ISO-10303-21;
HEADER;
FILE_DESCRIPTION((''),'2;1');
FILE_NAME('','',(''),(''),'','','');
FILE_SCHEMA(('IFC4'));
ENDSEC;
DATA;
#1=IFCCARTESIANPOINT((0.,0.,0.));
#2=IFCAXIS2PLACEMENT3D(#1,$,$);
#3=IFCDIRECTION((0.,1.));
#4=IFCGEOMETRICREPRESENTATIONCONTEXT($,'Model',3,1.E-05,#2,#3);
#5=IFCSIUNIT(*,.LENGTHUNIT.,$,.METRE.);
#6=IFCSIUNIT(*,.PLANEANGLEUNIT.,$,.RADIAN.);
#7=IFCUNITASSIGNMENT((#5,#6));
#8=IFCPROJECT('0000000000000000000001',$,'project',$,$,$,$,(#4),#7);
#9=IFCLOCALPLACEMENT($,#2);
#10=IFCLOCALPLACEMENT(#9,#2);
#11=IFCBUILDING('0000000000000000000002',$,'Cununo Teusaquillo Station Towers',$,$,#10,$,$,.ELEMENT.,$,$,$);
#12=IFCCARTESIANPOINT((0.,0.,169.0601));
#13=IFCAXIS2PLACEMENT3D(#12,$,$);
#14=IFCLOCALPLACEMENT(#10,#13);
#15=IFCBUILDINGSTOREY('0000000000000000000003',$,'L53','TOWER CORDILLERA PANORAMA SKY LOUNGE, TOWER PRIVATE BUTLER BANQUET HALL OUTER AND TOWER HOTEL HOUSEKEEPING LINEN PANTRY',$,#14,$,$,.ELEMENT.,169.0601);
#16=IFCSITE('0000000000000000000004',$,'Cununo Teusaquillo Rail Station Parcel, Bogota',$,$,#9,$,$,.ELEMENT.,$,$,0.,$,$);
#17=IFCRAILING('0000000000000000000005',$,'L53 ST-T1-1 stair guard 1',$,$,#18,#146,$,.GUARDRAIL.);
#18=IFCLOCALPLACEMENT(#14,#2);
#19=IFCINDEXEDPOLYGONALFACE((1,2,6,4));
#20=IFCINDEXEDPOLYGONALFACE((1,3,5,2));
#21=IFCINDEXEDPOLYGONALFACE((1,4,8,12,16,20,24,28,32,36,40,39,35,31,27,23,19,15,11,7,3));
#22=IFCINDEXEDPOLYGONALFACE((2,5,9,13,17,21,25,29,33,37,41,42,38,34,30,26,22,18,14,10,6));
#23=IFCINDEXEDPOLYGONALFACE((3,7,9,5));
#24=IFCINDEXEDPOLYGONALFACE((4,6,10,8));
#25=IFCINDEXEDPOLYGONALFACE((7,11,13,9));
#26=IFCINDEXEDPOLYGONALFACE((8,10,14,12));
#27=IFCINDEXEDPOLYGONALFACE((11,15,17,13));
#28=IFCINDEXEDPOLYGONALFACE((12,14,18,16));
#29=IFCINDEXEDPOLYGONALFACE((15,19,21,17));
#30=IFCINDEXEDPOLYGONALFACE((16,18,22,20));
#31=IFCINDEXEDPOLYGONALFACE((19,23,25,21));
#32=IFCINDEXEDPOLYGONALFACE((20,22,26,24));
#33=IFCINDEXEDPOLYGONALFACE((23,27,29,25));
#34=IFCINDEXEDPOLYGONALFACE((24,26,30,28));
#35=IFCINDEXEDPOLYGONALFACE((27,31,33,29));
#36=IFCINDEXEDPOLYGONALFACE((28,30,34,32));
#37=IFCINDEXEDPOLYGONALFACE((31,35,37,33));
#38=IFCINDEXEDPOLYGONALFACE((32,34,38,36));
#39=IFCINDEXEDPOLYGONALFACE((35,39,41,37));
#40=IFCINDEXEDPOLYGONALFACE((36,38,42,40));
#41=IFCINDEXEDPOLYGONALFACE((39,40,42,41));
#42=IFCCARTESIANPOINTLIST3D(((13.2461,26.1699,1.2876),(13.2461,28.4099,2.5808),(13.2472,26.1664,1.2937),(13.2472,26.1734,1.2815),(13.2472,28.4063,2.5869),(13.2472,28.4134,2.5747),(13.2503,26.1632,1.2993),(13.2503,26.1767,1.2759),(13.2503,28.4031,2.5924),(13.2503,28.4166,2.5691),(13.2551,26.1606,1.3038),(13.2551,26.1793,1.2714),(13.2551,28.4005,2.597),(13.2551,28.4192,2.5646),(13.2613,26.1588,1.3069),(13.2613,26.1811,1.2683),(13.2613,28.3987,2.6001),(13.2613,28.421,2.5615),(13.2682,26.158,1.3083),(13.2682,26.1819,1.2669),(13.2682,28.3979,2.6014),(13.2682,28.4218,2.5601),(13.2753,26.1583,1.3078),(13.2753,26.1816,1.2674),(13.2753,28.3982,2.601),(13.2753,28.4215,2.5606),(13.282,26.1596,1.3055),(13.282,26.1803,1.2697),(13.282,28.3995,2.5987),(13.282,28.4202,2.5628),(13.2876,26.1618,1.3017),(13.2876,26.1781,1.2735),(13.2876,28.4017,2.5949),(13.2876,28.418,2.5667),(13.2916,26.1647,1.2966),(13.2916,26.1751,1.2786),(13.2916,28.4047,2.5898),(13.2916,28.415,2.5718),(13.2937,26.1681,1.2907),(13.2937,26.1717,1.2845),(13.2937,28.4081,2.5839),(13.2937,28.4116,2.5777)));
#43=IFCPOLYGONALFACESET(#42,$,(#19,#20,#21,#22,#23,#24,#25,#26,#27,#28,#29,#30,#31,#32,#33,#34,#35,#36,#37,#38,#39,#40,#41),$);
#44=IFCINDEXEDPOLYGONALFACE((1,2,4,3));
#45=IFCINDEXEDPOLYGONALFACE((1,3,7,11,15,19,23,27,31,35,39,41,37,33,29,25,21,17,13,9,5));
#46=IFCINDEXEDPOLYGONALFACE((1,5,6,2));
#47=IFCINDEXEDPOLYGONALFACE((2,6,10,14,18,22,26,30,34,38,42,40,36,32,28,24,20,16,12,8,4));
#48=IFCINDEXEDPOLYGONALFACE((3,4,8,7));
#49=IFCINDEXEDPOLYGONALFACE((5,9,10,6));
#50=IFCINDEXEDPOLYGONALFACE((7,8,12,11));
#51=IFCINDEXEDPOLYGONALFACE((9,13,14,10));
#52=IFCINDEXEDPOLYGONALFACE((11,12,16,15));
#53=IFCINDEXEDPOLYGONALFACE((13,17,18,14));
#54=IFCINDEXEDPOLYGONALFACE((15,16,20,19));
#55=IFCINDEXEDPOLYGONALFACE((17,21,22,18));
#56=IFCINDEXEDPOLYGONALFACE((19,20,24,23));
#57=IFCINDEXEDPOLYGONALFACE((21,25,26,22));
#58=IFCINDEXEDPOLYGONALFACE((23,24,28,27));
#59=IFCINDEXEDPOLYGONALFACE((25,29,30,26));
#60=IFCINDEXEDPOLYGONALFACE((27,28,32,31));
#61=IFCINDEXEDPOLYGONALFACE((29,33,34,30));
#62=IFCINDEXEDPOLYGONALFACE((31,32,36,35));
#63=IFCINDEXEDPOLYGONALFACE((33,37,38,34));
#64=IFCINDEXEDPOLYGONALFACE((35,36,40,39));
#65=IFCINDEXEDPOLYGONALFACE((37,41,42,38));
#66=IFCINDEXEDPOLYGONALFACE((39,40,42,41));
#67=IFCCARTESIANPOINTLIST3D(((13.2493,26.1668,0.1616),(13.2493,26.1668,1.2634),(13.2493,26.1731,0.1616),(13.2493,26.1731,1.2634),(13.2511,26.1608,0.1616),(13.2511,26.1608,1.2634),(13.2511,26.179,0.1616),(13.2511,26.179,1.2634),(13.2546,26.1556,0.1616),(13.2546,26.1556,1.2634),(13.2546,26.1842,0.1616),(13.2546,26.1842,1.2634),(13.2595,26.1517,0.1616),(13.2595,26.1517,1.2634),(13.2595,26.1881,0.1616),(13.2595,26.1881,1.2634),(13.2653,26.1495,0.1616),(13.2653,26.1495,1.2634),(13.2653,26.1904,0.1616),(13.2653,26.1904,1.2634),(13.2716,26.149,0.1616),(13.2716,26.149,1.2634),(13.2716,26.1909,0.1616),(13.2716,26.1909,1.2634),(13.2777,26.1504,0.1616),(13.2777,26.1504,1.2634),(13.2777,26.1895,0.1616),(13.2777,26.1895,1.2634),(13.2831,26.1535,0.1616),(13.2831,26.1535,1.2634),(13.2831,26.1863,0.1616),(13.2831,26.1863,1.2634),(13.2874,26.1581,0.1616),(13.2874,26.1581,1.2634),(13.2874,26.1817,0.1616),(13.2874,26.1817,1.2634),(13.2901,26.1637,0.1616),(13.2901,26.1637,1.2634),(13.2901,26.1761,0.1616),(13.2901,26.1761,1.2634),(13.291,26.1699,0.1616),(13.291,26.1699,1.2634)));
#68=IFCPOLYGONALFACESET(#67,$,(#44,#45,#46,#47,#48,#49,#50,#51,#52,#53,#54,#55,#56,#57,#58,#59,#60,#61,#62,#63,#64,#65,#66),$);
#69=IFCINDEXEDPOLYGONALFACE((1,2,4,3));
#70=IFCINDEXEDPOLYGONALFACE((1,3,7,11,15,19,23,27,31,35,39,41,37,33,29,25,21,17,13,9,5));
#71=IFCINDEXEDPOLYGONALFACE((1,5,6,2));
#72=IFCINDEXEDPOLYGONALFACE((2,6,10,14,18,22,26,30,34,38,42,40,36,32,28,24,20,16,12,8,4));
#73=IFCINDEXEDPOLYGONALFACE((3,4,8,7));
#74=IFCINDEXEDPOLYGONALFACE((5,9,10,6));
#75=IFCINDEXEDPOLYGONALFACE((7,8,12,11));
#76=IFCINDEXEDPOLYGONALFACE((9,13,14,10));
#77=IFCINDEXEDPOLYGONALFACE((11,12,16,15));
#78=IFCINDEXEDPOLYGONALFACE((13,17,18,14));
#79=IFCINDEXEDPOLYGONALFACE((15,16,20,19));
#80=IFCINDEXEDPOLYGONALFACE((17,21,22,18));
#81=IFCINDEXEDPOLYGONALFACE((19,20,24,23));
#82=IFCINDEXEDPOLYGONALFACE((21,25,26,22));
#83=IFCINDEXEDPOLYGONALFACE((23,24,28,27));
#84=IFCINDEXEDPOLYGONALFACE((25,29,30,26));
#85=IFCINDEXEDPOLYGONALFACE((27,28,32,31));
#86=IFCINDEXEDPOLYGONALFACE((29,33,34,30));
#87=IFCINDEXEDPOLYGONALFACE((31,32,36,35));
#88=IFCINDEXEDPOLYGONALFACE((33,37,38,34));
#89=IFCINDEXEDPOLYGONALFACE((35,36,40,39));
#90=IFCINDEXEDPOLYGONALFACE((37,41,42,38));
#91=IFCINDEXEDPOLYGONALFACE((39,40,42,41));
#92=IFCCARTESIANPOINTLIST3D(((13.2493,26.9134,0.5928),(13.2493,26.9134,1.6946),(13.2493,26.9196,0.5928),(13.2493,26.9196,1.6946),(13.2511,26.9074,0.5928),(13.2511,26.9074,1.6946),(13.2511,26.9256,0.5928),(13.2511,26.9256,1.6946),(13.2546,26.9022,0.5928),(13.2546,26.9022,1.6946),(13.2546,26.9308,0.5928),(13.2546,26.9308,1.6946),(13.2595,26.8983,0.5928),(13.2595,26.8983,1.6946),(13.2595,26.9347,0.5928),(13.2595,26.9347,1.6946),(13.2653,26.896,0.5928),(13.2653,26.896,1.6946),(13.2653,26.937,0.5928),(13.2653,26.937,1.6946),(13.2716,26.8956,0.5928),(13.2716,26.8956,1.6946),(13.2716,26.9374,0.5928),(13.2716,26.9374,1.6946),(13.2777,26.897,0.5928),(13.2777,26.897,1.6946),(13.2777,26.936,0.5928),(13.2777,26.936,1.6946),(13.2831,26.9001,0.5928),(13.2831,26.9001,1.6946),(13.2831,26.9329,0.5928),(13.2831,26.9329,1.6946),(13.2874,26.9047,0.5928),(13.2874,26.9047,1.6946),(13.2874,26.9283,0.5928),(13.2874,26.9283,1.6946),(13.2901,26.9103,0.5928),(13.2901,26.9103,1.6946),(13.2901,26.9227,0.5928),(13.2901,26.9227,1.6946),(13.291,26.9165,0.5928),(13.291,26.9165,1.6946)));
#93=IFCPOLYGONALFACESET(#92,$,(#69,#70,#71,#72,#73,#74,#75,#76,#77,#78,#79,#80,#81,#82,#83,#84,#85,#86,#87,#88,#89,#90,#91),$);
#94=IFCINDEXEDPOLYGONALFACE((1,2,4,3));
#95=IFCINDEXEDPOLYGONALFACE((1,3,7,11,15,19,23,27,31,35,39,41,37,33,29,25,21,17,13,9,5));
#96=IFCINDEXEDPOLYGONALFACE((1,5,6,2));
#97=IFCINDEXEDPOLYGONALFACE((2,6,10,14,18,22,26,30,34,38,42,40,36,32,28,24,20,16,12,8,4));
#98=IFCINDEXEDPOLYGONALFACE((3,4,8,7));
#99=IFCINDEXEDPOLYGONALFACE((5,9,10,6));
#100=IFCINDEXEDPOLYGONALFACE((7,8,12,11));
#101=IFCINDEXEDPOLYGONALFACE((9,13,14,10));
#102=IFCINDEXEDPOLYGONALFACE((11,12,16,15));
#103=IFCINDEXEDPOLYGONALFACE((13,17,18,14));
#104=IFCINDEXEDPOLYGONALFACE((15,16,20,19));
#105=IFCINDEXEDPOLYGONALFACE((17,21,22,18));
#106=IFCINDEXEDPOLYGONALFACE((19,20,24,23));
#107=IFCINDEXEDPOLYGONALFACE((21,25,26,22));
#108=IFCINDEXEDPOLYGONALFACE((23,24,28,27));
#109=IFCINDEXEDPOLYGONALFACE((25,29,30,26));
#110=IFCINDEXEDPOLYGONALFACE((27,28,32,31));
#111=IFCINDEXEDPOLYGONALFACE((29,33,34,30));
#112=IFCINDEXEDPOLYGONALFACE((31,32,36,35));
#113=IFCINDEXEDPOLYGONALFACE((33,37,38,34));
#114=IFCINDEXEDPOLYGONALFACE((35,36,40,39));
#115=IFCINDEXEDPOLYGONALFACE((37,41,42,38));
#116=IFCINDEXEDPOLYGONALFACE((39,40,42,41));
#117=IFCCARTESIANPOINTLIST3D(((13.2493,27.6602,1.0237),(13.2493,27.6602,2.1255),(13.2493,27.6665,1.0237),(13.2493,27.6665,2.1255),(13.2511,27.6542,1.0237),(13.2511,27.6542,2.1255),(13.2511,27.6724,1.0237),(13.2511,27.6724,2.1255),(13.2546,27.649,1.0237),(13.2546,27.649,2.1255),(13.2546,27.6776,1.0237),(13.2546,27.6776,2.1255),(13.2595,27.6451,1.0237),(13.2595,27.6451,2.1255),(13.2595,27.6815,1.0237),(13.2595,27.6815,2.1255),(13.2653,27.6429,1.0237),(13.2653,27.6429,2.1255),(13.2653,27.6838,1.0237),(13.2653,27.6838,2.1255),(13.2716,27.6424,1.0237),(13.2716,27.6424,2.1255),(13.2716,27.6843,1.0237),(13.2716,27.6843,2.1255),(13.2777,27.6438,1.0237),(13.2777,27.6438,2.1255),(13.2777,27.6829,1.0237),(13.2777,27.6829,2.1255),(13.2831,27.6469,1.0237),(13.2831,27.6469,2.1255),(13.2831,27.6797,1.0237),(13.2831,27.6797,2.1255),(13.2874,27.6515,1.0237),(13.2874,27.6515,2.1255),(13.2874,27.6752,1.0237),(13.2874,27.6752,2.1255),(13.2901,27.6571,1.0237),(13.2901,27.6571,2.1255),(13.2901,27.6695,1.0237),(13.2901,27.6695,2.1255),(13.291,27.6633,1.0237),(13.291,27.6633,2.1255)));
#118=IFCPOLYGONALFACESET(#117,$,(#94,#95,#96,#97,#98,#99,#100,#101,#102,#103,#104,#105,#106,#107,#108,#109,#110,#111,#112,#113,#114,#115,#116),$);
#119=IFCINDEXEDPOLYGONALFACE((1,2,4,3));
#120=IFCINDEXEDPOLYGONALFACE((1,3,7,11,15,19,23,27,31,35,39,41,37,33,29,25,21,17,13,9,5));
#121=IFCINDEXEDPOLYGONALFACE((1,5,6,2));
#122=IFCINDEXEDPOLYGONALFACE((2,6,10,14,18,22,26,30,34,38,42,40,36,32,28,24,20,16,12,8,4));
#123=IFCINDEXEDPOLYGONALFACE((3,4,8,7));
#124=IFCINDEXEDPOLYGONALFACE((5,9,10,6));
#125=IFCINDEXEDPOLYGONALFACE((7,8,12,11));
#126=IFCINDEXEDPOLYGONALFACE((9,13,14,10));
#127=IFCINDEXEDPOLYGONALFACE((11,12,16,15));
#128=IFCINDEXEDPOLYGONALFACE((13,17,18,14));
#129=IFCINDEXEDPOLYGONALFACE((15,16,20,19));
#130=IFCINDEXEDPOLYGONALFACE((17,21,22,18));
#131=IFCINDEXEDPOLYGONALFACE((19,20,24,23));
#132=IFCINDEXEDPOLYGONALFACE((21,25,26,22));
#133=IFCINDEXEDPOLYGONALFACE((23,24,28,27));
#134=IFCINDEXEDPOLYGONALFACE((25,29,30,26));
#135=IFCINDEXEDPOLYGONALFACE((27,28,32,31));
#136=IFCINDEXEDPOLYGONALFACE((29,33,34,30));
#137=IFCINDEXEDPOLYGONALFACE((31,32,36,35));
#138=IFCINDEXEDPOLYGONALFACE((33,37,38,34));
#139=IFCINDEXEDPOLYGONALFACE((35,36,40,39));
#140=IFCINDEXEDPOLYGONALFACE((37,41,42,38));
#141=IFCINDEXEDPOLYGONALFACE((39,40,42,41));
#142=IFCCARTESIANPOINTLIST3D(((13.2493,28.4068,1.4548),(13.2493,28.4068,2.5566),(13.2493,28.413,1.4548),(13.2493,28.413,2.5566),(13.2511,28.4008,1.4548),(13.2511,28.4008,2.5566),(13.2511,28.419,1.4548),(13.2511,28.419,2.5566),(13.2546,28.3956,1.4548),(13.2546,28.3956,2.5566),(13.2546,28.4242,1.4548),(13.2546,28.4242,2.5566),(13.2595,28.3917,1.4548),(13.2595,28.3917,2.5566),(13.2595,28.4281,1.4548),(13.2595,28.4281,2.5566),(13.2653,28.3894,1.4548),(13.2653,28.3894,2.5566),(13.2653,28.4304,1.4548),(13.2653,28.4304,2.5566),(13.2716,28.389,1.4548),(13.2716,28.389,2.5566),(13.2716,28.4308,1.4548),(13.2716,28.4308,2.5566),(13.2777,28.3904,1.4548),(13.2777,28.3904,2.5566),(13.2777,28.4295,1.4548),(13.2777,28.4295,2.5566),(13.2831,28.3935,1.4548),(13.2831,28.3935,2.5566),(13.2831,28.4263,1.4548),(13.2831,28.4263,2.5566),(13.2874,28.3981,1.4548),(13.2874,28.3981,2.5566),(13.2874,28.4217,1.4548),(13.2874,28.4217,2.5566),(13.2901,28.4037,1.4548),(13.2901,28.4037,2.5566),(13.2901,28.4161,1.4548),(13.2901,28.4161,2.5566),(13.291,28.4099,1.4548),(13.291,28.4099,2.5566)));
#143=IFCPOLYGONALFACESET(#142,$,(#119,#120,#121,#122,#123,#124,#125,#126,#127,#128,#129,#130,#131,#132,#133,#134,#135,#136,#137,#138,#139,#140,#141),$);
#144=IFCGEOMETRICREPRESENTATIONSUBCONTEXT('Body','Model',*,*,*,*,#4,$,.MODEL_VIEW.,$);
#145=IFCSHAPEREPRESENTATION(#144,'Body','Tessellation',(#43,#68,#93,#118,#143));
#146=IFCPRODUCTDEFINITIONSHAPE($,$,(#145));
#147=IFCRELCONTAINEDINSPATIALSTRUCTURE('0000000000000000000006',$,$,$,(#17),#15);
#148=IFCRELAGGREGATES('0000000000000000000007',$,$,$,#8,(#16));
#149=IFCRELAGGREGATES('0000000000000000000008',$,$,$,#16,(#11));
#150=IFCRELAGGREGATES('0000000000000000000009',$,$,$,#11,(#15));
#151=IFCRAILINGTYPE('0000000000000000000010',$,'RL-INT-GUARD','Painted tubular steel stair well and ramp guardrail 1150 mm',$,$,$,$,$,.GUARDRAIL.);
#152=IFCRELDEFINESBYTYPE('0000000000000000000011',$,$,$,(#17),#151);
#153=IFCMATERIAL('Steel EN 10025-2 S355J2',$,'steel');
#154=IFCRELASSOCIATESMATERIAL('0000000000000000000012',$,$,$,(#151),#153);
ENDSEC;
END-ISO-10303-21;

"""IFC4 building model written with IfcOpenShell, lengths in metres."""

from ifc_helpers import new_model, si_unit, direction, frame, origin, origin_2d, place, context, subcontext, project, spatial, circle, extrude, material, type_object, element, save


model = new_model("IFC4")

# Units and contexts
model_context = context("Model", 3, precision=1e-05, world=origin(), true_north=direction((0.0, 1.0)))
body_context = subcontext(model_context, "Body", "Model", "MODEL_VIEW")
ifc_project = project(units=[si_unit("LENGTHUNIT", "METRE"), si_unit("PLANEANGLEUNIT", "RADIAN")], contexts=[model_context])

# Site, building, storey
site_placement = place(None, origin())
site = spatial("IfcSite", under=ifc_project, at=site_placement, Name="Cununo Teusaquillo Rail Station Parcel, Bogota", CompositionType="ELEMENT", RefElevation=0.0)
building_placement = place(site_placement, origin())
building = spatial("IfcBuilding", under=site, at=building_placement, Name="Cununo Teusaquillo Station Towers", CompositionType="ELEMENT")
storey_placement = place(building_placement, frame((0.0, 0.0, 169.0601)))
storey = spatial("IfcBuildingStorey", under=building, at=storey_placement, Name="L53", Description="TOWER CORDILLERA PANORAMA SKY LOUNGE, TOWER PRIVATE BUTLER BANQUET HALL OUTER AND TOWER HOTEL HOUSEKEEPING LINEN PANTRY", CompositionType="ELEMENT", Elevation=169.0601)

# Railing
ifc_material_1 = material(Name="Steel EN 10025-2 S355J2", Category="steel")
railing_type_1 = type_object("IfcRailingType", Name="RL-INT-GUARD", Description="Painted tubular steel stair well and ramp guardrail 1150 mm", PredefinedType="GUARDRAIL", material=ifc_material_1)
railing_1_placement = place(storey_placement, frame((13.27, 26.1699, 0.1616)))
element("IfcRailing", 1, at=railing_1_placement, inside=storey, type_object=railing_type_1, Name="L53 ST-T1-1 stair guard 1", PredefinedType="GUARDRAIL", context=body_context, shape_type="SweptSolid", body=[
    extrude(circle(Radius=0.0239, at=origin_2d()), frame((0.0, 0.0, 1.126), z_axis=(0.0, 0.866033, 0.499987), x_axis=(-1.0, 0.0, 0.0)), (0.0, 0.0, 1.0), 2.5864),
    extrude(circle(Radius=0.021, at=origin_2d()), origin(), (0.0, 0.0, 1.0), 1.1018),
    extrude(circle(Radius=0.021, at=origin_2d()), frame((0.0, 0.7466, 0.4312)), (0.0, 0.0, 1.0), 1.1018),
    extrude(circle(Radius=0.021, at=origin_2d()), frame((0.0, 1.4934, 0.8621)), (0.0, 0.0, 1.0), 1.1018),
    extrude(circle(Radius=0.021, at=origin_2d()), frame((0.0, 2.24, 1.2932)), (0.0, 0.0, 1.0), 1.1018),
])

save(model, "model.ifc")
